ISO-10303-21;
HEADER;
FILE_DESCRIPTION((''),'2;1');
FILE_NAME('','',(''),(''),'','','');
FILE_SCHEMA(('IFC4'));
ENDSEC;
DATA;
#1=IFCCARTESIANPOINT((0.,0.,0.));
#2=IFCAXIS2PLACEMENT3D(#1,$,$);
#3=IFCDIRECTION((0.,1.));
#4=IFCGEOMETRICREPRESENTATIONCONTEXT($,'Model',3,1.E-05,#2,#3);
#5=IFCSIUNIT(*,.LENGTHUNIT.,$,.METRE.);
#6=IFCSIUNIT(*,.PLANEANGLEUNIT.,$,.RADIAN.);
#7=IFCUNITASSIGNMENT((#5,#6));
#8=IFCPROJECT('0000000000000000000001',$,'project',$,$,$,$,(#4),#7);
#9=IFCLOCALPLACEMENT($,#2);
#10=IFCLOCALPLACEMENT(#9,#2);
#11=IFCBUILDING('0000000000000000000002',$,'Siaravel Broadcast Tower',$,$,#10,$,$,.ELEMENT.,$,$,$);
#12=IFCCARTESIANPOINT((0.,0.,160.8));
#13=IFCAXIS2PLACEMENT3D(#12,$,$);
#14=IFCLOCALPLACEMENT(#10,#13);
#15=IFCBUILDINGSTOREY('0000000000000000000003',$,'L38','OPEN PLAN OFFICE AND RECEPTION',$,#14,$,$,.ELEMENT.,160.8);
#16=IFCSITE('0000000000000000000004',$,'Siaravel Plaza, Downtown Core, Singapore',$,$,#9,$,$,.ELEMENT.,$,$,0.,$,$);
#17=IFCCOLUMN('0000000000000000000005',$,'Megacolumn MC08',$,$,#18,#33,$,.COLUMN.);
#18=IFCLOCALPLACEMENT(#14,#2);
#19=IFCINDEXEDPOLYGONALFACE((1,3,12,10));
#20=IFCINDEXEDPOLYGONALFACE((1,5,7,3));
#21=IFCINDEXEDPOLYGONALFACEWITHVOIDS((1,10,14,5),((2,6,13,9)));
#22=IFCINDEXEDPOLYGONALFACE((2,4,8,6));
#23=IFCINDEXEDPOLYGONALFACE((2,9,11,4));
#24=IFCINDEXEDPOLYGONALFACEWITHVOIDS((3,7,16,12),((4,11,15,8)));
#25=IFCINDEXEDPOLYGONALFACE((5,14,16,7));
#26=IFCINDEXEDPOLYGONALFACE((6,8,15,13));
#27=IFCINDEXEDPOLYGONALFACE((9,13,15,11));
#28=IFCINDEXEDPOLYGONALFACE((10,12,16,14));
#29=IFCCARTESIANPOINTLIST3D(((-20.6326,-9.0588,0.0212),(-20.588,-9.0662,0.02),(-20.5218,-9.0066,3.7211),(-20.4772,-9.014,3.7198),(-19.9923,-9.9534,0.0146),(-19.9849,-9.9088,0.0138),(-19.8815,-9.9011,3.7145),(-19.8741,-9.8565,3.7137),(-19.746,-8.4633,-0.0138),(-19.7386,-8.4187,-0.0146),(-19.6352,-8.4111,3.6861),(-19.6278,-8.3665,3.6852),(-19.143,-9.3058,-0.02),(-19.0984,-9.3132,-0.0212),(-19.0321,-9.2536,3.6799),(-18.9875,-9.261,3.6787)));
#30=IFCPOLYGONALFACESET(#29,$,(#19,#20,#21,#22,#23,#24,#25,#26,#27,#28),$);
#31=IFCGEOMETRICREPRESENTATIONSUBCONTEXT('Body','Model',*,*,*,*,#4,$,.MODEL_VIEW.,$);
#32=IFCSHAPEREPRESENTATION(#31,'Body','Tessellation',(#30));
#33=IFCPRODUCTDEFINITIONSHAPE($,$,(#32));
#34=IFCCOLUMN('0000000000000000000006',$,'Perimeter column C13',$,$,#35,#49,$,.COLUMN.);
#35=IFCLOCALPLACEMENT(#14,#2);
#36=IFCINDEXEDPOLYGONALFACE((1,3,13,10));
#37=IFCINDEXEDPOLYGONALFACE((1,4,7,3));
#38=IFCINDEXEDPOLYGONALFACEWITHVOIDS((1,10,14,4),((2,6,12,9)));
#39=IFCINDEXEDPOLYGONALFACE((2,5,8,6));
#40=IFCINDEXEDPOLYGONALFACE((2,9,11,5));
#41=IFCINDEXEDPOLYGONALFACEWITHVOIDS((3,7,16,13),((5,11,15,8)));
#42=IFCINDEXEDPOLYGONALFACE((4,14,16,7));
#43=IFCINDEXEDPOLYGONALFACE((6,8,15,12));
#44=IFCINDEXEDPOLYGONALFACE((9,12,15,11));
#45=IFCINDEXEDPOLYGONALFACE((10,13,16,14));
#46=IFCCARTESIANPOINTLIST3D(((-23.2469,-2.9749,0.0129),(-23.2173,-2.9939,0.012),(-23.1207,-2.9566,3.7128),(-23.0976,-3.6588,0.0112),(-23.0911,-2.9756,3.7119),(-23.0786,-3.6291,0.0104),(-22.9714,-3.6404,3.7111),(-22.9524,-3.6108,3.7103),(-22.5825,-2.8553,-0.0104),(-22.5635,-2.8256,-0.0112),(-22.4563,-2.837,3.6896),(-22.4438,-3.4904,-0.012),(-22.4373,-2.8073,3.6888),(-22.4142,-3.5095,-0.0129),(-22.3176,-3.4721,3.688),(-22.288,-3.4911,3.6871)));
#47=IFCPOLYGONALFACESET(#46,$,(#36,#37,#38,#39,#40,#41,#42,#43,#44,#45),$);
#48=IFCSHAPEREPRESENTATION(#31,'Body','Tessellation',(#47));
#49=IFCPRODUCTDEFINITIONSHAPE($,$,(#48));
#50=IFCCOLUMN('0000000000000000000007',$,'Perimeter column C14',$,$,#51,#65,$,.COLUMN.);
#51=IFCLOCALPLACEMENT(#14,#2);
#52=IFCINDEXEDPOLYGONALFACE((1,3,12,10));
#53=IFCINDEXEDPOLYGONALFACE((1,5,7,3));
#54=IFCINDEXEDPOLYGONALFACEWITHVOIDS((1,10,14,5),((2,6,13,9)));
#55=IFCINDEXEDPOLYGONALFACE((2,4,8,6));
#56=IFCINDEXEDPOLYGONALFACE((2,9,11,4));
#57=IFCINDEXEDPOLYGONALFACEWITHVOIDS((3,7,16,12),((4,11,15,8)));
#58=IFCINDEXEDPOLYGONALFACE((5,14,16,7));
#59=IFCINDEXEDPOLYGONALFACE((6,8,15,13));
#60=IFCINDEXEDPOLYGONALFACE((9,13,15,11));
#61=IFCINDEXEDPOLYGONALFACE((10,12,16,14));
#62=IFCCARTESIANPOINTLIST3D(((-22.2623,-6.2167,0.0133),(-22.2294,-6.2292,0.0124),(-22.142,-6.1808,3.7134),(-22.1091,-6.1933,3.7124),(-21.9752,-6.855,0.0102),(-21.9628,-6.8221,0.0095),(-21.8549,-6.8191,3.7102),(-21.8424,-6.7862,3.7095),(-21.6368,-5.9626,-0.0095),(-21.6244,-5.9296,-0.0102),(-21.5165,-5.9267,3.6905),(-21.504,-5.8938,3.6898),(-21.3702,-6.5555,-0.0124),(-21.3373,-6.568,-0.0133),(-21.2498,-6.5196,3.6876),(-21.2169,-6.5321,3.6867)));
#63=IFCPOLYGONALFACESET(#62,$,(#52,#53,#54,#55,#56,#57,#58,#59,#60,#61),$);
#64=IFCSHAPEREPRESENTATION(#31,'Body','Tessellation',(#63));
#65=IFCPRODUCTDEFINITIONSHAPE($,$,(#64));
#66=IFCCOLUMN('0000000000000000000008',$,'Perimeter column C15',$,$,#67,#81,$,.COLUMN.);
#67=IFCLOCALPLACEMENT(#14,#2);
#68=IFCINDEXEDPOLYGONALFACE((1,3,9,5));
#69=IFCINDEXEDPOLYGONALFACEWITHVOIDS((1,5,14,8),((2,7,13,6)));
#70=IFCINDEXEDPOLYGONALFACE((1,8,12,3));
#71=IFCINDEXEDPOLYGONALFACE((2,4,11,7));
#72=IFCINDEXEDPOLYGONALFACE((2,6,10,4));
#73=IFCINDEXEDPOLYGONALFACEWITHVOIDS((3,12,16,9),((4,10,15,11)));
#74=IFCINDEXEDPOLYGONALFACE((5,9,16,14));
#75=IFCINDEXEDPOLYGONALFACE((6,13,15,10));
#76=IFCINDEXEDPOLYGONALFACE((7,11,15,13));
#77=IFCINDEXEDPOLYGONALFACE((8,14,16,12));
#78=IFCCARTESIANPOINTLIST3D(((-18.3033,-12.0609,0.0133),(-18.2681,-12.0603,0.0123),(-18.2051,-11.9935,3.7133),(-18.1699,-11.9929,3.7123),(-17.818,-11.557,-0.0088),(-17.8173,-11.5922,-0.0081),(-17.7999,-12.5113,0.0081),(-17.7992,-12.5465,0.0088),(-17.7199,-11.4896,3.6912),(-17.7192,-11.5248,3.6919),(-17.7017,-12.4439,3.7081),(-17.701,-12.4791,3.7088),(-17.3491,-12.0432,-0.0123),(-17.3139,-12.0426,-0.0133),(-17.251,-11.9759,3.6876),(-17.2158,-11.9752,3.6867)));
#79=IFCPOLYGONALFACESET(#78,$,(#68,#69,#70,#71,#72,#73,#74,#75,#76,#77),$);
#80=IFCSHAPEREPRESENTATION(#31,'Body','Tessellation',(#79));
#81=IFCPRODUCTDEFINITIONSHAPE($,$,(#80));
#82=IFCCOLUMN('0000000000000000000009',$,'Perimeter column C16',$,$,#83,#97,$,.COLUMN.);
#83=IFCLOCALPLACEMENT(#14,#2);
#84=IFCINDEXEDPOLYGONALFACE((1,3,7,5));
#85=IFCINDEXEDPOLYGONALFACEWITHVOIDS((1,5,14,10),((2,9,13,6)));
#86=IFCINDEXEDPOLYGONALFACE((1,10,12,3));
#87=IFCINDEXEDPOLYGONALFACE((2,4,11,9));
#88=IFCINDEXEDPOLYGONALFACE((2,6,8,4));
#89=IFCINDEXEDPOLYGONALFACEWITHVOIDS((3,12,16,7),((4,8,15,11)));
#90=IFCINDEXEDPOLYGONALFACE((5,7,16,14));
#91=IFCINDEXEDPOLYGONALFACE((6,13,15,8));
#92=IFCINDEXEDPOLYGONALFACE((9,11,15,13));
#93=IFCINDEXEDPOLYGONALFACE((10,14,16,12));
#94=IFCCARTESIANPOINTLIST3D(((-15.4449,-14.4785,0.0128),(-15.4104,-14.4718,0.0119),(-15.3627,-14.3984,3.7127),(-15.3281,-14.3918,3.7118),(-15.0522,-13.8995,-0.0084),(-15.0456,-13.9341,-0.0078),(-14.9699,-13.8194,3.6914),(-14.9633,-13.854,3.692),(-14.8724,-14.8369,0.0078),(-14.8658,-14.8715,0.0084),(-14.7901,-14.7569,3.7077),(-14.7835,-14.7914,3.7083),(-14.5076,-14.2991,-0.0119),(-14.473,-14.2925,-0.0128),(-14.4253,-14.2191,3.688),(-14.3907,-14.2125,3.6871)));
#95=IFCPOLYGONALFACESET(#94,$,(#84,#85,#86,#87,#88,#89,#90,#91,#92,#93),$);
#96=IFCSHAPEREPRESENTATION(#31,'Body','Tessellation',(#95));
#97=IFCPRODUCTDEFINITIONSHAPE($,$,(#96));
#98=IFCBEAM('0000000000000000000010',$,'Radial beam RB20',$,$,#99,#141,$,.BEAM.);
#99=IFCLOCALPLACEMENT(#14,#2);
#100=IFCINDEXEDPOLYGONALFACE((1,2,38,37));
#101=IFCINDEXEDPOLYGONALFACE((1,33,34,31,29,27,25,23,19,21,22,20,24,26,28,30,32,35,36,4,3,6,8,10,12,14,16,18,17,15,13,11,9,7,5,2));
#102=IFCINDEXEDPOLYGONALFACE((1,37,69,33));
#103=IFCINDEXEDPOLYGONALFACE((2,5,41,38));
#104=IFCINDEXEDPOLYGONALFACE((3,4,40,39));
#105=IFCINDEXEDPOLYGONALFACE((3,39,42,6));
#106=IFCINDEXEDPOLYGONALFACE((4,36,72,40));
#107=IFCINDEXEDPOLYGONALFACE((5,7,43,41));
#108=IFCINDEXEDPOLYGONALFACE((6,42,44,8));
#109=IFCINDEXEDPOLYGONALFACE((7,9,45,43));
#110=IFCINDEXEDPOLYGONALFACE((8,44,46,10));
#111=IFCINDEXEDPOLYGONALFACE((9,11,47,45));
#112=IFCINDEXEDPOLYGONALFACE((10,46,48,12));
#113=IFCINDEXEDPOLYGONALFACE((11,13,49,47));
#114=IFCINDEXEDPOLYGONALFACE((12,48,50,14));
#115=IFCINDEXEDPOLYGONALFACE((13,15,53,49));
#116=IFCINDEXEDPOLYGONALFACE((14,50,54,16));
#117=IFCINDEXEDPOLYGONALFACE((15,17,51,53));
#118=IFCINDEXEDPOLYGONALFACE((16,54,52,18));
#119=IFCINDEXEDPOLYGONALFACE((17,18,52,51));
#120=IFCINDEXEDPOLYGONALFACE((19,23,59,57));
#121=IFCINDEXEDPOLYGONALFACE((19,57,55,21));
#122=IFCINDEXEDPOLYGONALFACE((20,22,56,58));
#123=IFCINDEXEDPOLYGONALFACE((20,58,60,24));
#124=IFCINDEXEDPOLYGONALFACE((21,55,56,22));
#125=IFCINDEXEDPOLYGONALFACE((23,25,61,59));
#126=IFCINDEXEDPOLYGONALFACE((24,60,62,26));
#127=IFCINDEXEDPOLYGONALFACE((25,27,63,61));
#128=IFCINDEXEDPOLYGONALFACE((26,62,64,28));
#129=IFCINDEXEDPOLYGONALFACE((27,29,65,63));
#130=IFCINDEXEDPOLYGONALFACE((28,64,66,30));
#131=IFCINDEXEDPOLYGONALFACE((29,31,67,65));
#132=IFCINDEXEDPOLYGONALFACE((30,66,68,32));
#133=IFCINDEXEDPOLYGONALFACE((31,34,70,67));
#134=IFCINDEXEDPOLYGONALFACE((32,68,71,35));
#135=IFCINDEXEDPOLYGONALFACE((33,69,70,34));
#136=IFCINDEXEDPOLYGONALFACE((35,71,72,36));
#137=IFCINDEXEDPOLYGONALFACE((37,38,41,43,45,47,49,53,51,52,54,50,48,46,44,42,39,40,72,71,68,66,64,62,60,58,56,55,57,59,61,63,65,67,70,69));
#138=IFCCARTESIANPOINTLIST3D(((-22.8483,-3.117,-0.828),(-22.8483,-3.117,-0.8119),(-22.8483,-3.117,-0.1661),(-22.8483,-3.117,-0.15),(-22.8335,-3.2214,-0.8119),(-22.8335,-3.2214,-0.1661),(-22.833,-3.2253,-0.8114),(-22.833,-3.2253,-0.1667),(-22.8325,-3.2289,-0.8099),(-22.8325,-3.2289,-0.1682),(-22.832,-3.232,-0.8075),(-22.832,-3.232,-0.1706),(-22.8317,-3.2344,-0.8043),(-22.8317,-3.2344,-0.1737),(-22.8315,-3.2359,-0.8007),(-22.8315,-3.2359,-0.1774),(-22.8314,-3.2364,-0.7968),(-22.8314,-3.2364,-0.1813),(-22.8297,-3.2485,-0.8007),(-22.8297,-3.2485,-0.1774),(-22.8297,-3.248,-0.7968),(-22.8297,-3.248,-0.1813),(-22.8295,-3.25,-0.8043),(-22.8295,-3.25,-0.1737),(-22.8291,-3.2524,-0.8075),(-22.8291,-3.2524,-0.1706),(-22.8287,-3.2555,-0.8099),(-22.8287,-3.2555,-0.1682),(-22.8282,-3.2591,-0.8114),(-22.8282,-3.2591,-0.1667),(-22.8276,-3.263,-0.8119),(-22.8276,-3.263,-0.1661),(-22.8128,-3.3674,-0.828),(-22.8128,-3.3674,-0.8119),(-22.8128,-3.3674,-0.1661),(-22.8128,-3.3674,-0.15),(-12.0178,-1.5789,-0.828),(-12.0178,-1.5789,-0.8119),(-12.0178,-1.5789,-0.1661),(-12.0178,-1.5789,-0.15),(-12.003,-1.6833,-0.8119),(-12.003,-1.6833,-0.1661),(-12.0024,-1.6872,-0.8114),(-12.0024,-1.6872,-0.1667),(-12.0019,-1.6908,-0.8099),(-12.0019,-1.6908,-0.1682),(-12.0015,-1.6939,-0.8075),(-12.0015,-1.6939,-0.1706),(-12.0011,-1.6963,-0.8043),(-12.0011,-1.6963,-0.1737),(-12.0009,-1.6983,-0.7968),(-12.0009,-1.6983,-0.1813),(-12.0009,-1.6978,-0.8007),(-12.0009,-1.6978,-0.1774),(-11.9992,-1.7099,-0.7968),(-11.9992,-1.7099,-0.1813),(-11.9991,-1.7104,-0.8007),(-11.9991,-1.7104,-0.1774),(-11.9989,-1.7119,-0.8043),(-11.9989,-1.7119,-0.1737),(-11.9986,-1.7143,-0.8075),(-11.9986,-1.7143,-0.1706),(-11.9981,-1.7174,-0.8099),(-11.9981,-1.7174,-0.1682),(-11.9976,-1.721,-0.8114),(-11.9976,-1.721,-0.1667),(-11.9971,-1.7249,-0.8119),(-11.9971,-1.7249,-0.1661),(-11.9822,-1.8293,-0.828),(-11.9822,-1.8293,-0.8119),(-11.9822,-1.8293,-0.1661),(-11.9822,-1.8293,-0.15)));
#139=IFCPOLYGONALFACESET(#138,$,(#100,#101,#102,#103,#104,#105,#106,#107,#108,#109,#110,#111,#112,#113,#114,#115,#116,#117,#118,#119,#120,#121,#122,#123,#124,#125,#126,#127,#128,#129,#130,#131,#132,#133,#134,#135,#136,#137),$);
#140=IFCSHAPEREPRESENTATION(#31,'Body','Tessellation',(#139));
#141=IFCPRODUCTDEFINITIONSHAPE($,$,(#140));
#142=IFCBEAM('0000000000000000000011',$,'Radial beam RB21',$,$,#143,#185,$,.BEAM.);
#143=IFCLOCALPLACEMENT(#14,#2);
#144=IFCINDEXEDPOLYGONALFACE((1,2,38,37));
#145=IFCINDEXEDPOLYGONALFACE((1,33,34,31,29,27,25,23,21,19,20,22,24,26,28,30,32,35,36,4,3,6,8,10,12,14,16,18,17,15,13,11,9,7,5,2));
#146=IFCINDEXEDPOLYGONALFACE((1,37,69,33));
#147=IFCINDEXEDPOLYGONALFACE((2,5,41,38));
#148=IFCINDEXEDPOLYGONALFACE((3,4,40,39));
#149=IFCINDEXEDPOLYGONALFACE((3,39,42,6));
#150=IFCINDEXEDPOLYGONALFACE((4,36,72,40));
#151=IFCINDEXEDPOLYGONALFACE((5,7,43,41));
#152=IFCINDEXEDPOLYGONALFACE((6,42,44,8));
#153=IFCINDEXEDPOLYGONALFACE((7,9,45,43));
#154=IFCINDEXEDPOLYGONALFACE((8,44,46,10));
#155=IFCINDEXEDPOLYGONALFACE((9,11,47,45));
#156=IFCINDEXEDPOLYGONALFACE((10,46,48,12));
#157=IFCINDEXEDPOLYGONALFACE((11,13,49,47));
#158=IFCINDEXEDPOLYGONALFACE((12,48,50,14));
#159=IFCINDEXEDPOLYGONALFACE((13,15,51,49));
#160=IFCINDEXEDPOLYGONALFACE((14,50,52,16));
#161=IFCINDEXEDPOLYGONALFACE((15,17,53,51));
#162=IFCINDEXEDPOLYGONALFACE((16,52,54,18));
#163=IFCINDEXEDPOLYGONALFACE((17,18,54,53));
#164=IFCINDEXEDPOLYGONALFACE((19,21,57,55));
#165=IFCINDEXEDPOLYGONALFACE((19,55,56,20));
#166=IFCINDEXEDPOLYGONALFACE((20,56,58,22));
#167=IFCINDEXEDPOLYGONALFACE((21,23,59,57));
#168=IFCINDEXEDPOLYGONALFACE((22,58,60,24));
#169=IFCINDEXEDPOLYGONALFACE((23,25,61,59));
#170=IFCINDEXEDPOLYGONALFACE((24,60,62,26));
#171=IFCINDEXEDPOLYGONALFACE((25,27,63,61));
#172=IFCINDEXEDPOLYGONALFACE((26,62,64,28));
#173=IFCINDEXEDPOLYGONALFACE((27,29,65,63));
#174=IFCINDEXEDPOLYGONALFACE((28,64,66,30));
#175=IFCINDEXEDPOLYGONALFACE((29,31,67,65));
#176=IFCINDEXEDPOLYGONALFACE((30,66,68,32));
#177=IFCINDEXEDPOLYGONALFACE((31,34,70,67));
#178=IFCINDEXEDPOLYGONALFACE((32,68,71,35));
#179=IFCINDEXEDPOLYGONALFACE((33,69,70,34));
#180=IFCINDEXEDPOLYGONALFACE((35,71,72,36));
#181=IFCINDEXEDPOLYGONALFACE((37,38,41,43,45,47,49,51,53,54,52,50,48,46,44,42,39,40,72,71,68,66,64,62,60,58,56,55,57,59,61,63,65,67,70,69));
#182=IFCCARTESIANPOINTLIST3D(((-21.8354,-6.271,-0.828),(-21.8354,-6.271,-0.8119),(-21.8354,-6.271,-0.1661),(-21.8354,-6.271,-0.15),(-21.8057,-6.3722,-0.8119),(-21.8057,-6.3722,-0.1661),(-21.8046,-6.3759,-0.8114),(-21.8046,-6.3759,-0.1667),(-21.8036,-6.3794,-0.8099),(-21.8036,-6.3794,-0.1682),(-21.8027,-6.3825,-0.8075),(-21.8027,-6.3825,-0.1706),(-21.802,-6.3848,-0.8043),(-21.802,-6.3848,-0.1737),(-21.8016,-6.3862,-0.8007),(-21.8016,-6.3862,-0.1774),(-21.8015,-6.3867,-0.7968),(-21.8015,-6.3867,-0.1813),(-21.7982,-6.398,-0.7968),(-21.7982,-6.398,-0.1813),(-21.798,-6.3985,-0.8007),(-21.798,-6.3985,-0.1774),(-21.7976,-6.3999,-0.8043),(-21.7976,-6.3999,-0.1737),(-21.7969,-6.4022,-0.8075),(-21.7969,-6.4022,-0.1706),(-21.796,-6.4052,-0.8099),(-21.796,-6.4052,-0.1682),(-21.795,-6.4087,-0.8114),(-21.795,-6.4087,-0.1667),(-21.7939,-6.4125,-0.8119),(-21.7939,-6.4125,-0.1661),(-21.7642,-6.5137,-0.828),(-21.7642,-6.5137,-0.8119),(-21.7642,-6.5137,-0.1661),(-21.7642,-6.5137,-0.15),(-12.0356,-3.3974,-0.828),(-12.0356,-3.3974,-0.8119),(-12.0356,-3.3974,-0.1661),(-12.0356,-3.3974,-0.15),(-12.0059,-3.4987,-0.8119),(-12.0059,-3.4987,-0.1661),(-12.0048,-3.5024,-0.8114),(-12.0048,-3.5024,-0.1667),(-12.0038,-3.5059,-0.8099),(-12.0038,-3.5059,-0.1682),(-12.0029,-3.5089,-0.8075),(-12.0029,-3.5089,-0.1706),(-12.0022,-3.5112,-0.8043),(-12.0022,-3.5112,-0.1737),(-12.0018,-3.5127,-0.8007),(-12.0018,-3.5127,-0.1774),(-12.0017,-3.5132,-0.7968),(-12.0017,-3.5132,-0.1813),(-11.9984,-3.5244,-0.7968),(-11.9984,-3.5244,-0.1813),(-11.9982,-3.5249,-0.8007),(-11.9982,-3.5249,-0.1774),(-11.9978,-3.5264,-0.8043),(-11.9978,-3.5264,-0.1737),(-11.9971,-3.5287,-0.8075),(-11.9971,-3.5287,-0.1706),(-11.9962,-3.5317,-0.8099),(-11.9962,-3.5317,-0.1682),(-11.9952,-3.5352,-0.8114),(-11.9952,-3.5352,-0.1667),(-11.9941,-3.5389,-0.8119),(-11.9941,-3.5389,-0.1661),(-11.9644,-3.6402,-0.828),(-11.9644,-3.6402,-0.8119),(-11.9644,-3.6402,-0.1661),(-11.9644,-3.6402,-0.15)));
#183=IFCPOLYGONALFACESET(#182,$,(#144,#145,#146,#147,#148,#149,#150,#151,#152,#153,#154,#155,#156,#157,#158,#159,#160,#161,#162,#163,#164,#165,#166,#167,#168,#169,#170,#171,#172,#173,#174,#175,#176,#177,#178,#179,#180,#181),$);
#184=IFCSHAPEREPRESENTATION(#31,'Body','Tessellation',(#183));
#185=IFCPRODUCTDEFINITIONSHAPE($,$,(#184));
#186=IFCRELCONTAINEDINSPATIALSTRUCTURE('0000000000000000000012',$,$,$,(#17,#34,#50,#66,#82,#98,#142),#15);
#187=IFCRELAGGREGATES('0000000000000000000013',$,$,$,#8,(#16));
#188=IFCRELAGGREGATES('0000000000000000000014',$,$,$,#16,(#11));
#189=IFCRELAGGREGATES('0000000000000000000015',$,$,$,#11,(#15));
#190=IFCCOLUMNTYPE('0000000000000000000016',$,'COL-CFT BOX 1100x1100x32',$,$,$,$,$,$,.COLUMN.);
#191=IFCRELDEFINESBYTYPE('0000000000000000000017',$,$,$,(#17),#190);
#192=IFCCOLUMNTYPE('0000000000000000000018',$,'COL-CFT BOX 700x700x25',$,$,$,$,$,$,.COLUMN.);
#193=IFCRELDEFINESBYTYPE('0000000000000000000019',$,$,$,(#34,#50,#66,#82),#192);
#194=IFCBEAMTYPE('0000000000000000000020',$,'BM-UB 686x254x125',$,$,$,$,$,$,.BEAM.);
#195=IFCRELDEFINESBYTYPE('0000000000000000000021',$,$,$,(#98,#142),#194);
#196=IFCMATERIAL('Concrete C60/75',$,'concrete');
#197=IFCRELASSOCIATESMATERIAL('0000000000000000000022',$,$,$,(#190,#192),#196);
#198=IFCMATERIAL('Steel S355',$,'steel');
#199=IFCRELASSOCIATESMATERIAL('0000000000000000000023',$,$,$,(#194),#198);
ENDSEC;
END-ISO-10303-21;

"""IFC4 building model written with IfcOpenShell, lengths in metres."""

from ifc_helpers import new_model, si_unit, direction, frame, origin, origin_2d, place, context, subcontext, project, spatial, hollow_rectangle, i_section, extrude, material, material_profile, profile_set, type_object, element, save


model = new_model("IFC4")

# Units and contexts
model_context = context("Model", 3, precision=1e-05, world=origin(), true_north=direction((0.0, 1.0)))
body_context = subcontext(model_context, "Body", "Model", "MODEL_VIEW")
ifc_project = project(units=[si_unit("LENGTHUNIT", "METRE"), si_unit("PLANEANGLEUNIT", "RADIAN")], contexts=[model_context])

# Site, building, storey
site_placement = place(None, origin())
site = spatial("IfcSite", under=ifc_project, at=site_placement, Name="Siaravel Plaza, Downtown Core, Singapore", CompositionType="ELEMENT", RefElevation=0.0)
building_placement = place(site_placement, origin())
building = spatial("IfcBuilding", under=site, at=building_placement, Name="Siaravel Broadcast Tower", CompositionType="ELEMENT")
storey_placement = place(building_placement, frame((0.0, 0.0, 160.8)))
storey = spatial("IfcBuildingStorey", under=building, at=storey_placement, Name="L38", Description="OPEN PLAN OFFICE AND RECEPTION", CompositionType="ELEMENT", Elevation=160.8)

# Columns
ifc_material_1 = material(Name="Concrete C60/75", Category="concrete")
ifc_material_profile_1 = material_profile(ifc_material_1, hollow_rectangle(XDim=1.1001, YDim=1.1001, WallThickness=0.032, at=origin_2d()))
ifc_profile_set_1 = profile_set([ifc_material_profile_1], Name="Concrete C60/75")
column_type_1 = type_object("IfcColumnType", Name="COL-CFT BOX 1100x1100x32", PredefinedType="COLUMN", material=ifc_profile_set_1)
column_1_placement = place(storey_placement, frame((-19.8655, -9.186, 0.0), z_axis=(0.029941, 0.014113, 0.999452), x_axis=(-0.582028, 0.813147, 0.005954)))
element("IfcColumn", 1, at=column_1_placement, inside=storey, type_object=column_type_1, Name="Megacolumn MC08", PredefinedType="COLUMN", context=body_context, shape_type="SweptSolid", body=[
    extrude(hollow_rectangle(XDim=1.1001, YDim=1.1001, WallThickness=0.032, at=origin_2d()), origin(), (0.0, 0.0, 1.0), 3.7019),
])
ifc_material_profile_2 = material_profile(ifc_material_1, hollow_rectangle(XDim=0.7, YDim=0.7, WallThickness=0.0249, at=origin_2d()))
ifc_profile_set_2 = profile_set([ifc_material_profile_2], Name="Concrete C60/75")
column_type_2 = type_object("IfcColumnType", Name="COL-CFT BOX 700x700x25", PredefinedType="COLUMN", material=ifc_profile_set_2)
for number, where, z_axis, x_axis, name in (
    (2, (-22.8306, -3.2422, 0.0), (0.034094, 0.004946, 0.999406), (-0.213333, 0.976977, 0.002443), "Perimeter column C13"),
    (3, (-21.7998, -6.3923, 0.0), (0.032512, 0.009694, 0.999424), (-0.41014, 0.912011, 0.004496), "Perimeter column C14"),
):
    element("IfcColumn", number, at=place(storey_placement, frame(where, z_axis=z_axis, x_axis=x_axis)), inside=storey, type_object=column_type_2, Name=name, PredefinedType="COLUMN", context=body_context, shape_type="SweptSolid", body=[
        extrude(hollow_rectangle(XDim=0.7, YDim=0.7, WallThickness=0.0249, at=origin_2d()), origin(), (0.0, 0.0, 1.0), 3.7021),
    ])
column_2_placement = place(storey_placement, frame((-17.8086, -12.0518, 0.0), z_axis=(0.026512, 0.018202, 0.999483), x_axis=(-0.720165, 0.693772, 0.006468)))
element("IfcColumn", 4, at=column_2_placement, inside=storey, type_object=column_type_2, Name="Perimeter column C15", PredefinedType="COLUMN", context=body_context, shape_type="SweptSolid", body=[
    extrude(hollow_rectangle(XDim=0.7, YDim=0.7, WallThickness=0.0249, at=origin_2d()), origin(), (0.0, 0.0, 1.0), 3.7019),
])
column_3_placement = place(storey_placement, frame((-14.959, -14.3855, 0.0), z_axis=(0.022226, 0.021633, 0.999519), x_axis=(-0.827429, 0.561536, 0.006246)))
element("IfcColumn", 5, at=column_3_placement, inside=storey, type_object=column_type_2, Name="Perimeter column C16", PredefinedType="COLUMN", context=body_context, shape_type="SweptSolid", body=[
    extrude(hollow_rectangle(XDim=0.7, YDim=0.7, WallThickness=0.0249, at=origin_2d()), origin(), (0.0, 0.0, 1.0), 3.7017),
])

# Beams
ifc_material_2 = material(Name="Steel S355", Category="steel")
ifc_material_profile_3 = material_profile(ifc_material_2, i_section(OverallWidth=0.2529, OverallDepth=0.678, WebThickness=0.0117, FlangeThickness=0.0161, FilletRadius=0.0151, at=origin_2d()))
ifc_profile_set_3 = profile_set([ifc_material_profile_3], Name="Steel S355")
beam_type = type_object("IfcBeamType", Name="BM-UB 686x254x125", PredefinedType="BEAM", material=ifc_profile_set_3)
beam_1_placement = place(storey_placement, frame((-22.8306, -3.2422, -0.489), z_axis=(0.990066, 0.140603, 0.0), x_axis=(-0.140603, 0.990066, 0.0)))
element("IfcBeam", 6, at=beam_1_placement, inside=storey, type_object=beam_type, Name="Radial beam RB20", PredefinedType="BEAM", context=body_context, shape_type="SweptSolid", body=[
    extrude(i_section(OverallWidth=0.2529, OverallDepth=0.678, WebThickness=0.0117, FlangeThickness=0.0161, FilletRadius=0.0151, at=origin_2d()), origin(), (0.0, 0.0, 1.0), 10.9392),
])
beam_2_placement = place(storey_placement, frame((-21.7998, -6.3923, -0.489), z_axis=(0.959597, 0.281377, 0.0), x_axis=(-0.281377, 0.959597, 0.0)))
element("IfcBeam", 7, at=beam_2_placement, inside=storey, type_object=beam_type, Name="Radial beam RB21", PredefinedType="BEAM", context=body_context, shape_type="SweptSolid", body=[
    extrude(i_section(OverallWidth=0.2529, OverallDepth=0.678, WebThickness=0.0117, FlangeThickness=0.0161, FilletRadius=0.0151, at=origin_2d()), origin(), (0.0, 0.0, 1.0), 10.2124),
])

save(model, "model.ifc")
